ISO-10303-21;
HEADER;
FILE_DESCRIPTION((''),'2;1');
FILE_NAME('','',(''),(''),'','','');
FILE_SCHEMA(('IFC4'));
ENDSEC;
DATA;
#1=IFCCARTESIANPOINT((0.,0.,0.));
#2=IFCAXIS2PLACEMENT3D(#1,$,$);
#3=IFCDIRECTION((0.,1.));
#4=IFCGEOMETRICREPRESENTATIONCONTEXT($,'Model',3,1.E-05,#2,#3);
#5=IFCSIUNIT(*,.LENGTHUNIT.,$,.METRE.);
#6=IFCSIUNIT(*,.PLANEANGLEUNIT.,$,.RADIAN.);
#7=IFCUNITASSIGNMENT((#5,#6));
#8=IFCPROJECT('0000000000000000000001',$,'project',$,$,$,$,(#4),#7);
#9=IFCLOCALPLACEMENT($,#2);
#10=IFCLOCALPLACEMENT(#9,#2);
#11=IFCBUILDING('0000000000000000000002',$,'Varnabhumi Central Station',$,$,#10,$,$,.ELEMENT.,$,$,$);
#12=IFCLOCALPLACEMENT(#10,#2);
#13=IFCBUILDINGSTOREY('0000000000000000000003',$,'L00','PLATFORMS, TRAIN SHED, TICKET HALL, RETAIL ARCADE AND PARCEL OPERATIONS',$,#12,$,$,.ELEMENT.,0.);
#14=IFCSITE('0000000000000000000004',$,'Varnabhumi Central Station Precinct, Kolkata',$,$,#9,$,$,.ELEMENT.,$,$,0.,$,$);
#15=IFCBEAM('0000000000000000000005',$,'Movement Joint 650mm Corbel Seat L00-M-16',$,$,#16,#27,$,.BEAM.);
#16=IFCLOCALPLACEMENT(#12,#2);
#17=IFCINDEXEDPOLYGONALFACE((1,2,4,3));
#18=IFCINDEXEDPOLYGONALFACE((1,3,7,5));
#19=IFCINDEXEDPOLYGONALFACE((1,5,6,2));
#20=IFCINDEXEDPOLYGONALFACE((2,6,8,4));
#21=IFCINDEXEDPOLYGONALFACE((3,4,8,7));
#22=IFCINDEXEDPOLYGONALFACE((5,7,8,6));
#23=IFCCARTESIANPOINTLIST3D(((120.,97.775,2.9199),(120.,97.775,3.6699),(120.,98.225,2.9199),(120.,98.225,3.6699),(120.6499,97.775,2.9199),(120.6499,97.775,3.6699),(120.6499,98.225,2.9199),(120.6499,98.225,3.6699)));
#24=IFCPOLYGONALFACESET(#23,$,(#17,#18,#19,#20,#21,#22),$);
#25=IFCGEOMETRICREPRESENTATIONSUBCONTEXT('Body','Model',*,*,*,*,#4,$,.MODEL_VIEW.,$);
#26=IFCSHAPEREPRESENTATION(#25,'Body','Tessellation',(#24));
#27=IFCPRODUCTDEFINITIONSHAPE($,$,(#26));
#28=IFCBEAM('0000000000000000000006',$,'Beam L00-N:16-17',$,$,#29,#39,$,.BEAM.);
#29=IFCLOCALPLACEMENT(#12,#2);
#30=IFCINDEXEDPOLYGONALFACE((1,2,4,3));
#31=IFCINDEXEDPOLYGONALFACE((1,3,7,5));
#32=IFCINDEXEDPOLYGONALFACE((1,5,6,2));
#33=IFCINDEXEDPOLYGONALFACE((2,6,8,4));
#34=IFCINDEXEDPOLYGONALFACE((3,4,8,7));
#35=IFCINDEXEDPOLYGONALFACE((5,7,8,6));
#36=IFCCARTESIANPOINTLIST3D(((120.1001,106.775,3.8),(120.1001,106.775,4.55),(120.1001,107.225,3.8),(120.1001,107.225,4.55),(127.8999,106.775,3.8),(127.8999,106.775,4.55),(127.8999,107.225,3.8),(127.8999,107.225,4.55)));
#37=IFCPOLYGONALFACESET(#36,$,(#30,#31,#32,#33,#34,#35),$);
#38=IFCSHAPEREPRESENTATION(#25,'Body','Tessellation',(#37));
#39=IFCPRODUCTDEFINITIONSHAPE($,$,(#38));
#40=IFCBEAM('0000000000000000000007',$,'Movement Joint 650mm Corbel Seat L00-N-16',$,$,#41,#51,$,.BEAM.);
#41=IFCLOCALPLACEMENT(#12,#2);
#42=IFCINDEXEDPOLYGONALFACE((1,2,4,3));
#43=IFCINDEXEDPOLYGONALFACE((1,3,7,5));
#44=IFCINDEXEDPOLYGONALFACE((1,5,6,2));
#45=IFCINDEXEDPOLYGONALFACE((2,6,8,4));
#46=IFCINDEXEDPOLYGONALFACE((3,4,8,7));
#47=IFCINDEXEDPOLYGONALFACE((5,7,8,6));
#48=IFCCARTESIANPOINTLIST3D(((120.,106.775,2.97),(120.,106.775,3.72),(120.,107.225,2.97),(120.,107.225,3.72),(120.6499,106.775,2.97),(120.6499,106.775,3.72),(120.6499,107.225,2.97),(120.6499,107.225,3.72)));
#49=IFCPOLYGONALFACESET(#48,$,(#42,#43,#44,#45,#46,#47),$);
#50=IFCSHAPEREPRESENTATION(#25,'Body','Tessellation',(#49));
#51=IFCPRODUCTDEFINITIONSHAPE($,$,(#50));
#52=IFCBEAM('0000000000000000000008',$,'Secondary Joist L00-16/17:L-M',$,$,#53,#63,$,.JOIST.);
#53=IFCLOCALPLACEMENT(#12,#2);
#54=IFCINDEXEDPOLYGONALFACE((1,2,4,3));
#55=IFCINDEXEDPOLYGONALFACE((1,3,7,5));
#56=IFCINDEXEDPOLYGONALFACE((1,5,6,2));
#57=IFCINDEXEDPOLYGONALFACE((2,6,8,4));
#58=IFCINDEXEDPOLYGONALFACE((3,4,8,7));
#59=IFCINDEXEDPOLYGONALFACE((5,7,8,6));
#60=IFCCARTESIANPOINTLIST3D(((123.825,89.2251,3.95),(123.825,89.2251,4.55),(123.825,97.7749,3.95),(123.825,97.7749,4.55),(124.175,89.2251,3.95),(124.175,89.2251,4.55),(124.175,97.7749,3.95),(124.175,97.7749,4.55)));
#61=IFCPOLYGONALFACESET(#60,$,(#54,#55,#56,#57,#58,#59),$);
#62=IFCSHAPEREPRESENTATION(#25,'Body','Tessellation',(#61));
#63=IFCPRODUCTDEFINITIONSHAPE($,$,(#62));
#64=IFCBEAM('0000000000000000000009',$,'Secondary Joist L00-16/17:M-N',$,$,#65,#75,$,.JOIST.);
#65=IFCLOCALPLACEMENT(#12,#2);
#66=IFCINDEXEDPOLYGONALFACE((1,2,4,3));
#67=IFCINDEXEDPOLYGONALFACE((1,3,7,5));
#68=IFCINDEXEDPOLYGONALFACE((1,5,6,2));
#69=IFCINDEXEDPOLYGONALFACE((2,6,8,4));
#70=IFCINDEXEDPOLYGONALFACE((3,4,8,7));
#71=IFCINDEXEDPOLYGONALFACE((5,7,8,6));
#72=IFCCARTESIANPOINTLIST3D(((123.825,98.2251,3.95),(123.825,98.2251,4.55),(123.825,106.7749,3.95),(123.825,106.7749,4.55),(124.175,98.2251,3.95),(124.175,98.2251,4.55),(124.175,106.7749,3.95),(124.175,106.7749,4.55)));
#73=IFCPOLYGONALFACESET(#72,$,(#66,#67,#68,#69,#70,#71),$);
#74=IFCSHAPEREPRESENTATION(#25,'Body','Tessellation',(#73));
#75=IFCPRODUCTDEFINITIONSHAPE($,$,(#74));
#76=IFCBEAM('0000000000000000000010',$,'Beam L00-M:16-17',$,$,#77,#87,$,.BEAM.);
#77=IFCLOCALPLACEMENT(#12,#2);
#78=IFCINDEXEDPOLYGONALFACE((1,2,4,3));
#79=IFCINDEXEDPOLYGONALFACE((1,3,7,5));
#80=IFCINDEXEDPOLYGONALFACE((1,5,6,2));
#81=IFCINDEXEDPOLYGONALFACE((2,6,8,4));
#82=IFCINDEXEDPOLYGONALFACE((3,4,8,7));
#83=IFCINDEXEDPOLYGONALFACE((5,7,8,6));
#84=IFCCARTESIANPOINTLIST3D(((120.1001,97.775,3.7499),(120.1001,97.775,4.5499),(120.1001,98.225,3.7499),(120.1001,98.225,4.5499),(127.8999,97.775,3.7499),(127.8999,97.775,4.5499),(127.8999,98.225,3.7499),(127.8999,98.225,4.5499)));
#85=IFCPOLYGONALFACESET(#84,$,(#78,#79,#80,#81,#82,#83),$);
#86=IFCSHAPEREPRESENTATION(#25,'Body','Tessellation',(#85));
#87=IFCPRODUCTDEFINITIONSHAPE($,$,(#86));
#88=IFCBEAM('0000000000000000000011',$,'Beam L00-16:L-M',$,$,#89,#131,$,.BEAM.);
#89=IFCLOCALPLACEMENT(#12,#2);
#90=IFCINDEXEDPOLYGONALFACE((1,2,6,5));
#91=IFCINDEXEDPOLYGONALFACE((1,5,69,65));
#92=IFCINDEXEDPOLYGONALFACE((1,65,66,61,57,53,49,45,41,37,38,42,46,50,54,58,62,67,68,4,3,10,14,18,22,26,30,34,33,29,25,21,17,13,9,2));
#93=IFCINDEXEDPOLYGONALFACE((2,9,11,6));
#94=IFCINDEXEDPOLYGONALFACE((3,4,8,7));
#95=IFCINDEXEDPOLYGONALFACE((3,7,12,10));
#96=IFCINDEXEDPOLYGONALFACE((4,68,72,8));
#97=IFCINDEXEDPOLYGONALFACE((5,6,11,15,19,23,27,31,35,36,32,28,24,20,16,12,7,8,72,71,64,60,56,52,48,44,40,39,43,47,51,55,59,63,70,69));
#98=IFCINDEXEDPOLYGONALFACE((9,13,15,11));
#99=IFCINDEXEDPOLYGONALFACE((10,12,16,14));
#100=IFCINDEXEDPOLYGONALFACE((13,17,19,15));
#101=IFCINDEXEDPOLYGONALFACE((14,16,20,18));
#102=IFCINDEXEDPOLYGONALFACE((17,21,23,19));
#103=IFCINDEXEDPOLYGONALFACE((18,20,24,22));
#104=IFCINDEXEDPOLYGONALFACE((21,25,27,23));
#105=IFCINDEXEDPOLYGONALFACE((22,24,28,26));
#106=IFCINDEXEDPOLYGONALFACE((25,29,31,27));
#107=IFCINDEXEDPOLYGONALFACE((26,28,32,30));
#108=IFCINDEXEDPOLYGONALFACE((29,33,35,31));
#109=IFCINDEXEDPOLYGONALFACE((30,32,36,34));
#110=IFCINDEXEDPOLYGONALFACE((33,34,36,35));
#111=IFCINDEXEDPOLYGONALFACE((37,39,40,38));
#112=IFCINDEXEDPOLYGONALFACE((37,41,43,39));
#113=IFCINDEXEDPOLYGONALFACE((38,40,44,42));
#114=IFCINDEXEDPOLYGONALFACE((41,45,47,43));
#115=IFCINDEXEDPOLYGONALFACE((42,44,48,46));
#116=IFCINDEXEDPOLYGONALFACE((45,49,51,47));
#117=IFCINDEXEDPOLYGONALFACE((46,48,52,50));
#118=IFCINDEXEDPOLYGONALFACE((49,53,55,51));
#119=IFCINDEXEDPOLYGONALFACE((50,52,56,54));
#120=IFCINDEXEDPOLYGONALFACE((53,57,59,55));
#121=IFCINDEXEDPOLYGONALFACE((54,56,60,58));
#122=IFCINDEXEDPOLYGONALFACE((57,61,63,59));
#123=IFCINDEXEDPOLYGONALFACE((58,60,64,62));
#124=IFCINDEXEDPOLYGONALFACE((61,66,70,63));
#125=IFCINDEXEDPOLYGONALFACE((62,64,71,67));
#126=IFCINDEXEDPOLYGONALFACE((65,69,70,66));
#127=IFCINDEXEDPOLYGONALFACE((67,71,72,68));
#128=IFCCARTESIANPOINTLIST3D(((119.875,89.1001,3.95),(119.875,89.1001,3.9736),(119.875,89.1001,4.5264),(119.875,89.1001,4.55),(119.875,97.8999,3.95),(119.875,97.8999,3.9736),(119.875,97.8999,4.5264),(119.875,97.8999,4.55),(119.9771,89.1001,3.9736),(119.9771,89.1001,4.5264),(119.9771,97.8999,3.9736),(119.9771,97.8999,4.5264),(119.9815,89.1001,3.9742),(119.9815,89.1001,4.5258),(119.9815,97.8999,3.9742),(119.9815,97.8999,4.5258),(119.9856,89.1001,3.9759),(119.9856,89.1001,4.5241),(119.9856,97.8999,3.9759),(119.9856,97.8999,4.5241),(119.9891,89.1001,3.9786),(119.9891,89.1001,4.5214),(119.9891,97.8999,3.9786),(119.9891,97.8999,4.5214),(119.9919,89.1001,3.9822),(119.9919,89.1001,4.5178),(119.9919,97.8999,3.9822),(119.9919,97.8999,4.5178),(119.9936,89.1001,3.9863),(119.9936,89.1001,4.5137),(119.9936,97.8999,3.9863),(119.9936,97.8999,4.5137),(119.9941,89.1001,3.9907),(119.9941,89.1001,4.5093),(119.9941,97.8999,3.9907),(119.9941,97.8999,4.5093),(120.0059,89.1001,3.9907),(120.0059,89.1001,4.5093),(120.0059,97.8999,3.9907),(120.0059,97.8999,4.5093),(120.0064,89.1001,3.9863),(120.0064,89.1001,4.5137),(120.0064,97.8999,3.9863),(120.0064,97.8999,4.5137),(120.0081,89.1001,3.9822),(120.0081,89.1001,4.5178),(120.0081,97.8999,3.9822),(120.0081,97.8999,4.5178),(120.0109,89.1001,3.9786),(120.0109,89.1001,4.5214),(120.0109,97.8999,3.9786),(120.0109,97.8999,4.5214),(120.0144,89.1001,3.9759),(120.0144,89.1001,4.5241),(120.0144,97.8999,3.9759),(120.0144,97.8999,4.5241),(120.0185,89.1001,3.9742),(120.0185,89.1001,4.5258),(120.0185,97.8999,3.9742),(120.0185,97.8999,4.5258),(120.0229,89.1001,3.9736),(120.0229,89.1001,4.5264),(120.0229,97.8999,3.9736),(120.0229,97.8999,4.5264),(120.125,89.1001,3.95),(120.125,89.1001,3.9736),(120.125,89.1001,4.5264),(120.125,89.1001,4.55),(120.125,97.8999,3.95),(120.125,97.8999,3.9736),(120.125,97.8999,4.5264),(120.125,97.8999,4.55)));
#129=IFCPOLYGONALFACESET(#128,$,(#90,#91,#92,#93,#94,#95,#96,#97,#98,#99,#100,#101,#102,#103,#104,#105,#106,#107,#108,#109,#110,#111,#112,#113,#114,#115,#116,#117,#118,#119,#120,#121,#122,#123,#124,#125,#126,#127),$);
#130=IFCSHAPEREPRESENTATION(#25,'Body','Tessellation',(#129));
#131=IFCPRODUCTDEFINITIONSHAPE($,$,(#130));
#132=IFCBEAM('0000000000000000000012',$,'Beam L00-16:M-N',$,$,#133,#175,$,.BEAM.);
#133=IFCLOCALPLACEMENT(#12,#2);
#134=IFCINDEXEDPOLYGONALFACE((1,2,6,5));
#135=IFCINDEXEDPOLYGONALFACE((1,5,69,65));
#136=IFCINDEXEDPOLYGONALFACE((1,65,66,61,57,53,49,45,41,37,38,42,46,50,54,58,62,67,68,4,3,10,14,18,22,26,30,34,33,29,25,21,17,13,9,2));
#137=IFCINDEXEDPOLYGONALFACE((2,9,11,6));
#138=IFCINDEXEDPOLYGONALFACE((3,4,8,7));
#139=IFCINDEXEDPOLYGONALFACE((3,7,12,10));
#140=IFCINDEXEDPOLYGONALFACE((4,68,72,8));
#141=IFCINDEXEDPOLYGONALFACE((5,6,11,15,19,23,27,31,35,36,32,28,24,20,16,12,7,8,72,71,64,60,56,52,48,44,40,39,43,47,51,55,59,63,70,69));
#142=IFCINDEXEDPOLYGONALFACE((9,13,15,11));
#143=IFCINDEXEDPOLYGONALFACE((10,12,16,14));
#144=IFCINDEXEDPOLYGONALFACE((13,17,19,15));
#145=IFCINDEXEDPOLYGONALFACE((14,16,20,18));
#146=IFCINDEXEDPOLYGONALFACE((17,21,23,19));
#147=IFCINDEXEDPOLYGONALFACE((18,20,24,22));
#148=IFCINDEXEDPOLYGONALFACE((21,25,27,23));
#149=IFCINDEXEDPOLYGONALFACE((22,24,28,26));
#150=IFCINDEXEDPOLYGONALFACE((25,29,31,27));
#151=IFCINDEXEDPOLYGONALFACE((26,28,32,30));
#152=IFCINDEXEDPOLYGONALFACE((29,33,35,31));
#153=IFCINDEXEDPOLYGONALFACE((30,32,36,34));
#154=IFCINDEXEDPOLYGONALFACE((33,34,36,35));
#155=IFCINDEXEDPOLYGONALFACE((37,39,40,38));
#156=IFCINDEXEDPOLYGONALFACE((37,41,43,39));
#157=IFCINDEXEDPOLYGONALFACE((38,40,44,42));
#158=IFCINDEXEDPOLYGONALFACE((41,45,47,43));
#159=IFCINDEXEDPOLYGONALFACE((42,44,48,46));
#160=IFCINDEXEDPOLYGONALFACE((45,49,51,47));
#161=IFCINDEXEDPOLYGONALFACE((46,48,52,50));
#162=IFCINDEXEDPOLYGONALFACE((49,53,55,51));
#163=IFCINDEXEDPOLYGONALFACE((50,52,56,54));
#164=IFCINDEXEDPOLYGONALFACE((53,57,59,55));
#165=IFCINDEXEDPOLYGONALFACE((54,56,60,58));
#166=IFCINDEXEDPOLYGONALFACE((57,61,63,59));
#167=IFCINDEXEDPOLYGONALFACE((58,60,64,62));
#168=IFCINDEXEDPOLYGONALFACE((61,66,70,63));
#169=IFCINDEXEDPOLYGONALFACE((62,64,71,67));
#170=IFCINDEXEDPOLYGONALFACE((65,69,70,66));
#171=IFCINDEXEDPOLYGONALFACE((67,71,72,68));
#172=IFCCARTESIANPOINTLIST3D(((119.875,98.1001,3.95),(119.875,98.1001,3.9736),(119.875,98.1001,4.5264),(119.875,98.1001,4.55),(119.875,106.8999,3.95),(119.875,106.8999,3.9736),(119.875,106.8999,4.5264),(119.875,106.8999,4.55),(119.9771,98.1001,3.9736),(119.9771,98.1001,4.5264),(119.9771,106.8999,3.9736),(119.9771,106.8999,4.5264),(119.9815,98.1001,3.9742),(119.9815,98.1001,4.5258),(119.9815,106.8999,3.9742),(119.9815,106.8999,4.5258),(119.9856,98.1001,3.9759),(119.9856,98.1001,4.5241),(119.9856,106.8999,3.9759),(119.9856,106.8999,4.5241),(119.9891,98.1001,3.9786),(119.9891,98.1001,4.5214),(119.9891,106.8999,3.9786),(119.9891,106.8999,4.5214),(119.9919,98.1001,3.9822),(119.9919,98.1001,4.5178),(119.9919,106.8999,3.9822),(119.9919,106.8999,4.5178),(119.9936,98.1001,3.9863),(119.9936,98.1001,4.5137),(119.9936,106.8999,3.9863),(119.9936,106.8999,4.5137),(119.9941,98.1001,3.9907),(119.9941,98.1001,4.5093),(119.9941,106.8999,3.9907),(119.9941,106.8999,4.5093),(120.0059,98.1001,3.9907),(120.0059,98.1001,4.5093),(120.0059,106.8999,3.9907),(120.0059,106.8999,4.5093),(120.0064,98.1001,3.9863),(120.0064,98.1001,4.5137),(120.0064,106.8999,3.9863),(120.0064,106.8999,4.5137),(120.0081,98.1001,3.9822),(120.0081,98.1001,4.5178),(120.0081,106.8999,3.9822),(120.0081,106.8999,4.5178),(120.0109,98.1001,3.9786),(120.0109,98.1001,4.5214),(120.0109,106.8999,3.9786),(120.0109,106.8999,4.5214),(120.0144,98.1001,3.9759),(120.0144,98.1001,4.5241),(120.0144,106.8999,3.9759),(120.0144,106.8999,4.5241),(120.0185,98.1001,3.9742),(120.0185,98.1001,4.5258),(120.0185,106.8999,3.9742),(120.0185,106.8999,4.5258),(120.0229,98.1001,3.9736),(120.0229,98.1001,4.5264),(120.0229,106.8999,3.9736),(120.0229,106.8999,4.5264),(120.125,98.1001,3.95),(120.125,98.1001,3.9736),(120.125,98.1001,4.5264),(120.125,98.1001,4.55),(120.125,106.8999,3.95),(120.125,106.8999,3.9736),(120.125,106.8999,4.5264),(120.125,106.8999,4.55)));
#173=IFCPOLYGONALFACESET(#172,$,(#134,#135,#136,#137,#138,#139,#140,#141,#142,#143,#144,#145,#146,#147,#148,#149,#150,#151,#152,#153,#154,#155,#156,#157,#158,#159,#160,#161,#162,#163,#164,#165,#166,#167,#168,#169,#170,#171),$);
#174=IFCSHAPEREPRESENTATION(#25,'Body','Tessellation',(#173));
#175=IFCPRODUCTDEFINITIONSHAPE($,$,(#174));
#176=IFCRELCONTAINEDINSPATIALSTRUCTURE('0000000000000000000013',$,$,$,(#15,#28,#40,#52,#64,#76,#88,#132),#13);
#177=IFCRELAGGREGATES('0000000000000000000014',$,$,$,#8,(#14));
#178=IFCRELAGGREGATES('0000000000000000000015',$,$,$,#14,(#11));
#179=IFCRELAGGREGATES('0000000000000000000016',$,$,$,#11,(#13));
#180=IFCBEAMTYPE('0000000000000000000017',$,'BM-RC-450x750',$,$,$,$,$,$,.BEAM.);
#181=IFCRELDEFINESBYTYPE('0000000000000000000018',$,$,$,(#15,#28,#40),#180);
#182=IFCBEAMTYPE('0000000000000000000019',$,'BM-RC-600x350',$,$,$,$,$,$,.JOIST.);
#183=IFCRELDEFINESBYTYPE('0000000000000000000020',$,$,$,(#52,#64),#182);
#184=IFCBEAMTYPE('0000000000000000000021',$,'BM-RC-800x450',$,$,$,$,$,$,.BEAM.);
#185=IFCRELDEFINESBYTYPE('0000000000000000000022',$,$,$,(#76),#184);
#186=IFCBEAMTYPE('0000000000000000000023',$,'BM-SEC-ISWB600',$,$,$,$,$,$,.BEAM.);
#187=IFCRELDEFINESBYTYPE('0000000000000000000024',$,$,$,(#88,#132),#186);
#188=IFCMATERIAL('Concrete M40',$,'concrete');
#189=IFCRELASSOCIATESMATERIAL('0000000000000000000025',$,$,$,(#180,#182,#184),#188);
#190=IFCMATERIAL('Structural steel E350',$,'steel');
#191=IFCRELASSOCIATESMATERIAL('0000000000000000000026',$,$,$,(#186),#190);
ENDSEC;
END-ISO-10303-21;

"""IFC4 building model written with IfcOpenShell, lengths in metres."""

from ifc_helpers import new_model, si_unit, direction, frame, origin, origin_2d, place, context, subcontext, project, spatial, rectangle, i_section, extrude, material, material_profile, profile_set, type_object, element, save


model = new_model("IFC4")

# Units and contexts
model_context = context("Model", 3, precision=1e-05, world=origin(), true_north=direction((0.0, 1.0)))
body_context = subcontext(model_context, "Body", "Model", "MODEL_VIEW")
ifc_project = project(units=[si_unit("LENGTHUNIT", "METRE"), si_unit("PLANEANGLEUNIT", "RADIAN")], contexts=[model_context])

# Site, building, storey
site_placement = place(None, origin())
site = spatial("IfcSite", under=ifc_project, at=site_placement, Name="Varnabhumi Central Station Precinct, Kolkata", CompositionType="ELEMENT", RefElevation=0.0)
building_placement = place(site_placement, origin())
building = spatial("IfcBuilding", under=site, at=building_placement, Name="Varnabhumi Central Station", CompositionType="ELEMENT")
storey_placement = place(building_placement, origin())
storey = spatial("IfcBuildingStorey", under=building, at=storey_placement, Name="L00", Description="PLATFORMS, TRAIN SHED, TICKET HALL, RETAIL ARCADE AND PARCEL OPERATIONS", CompositionType="ELEMENT", Elevation=0.0)

# Shared definitions
ifc_material_1 = material(Name="Concrete M40", Category="concrete")

# Beams
ifc_material_profile_1 = material_profile(ifc_material_1, rectangle(XDim=0.45, YDim=0.75, at=origin_2d()), Name="Concrete M40", Category="concrete")
ifc_profile_set_1 = profile_set([ifc_material_profile_1], Name="Concrete M40")
beam_type_1 = type_object("IfcBeamType", Name="BM-RC-450x750", PredefinedType="BEAM", material=ifc_profile_set_1)
beam_1_placement = place(storey_placement, frame((120.0, 98.0, 3.2949), z_axis=(1.0, 0.0, 0.0), x_axis=(0.0, 1.0, 0.0)))
element("IfcBeam", 1, at=beam_1_placement, inside=storey, type_object=beam_type_1, Name="Movement Joint 650mm Corbel Seat L00-M-16", PredefinedType="BEAM", context=body_context, shape_type="SweptSolid", body=[
    extrude(rectangle(XDim=0.45, YDim=0.75, at=origin_2d()), origin(), (0.0, 0.0, 1.0), 0.6499),
])
beam_2_placement = place(storey_placement, frame((120.1001, 107.0, 4.175), z_axis=(1.0, 0.0, 0.0), x_axis=(0.0, 1.0, 0.0)))
element("IfcBeam", 2, at=beam_2_placement, inside=storey, type_object=beam_type_1, Name="Beam L00-N:16-17", PredefinedType="BEAM", context=body_context, shape_type="SweptSolid", body=[
    extrude(rectangle(XDim=0.45, YDim=0.75, at=origin_2d()), origin(), (0.0, 0.0, 1.0), 7.7998),
])
beam_3_placement = place(storey_placement, frame((120.0, 107.0, 3.345), z_axis=(1.0, 0.0, 0.0), x_axis=(0.0, 1.0, 0.0)))
element("IfcBeam", 3, at=beam_3_placement, inside=storey, type_object=beam_type_1, Name="Movement Joint 650mm Corbel Seat L00-N-16", PredefinedType="BEAM", context=body_context, shape_type="SweptSolid", body=[
    extrude(rectangle(XDim=0.45, YDim=0.75, at=origin_2d()), origin(), (0.0, 0.0, 1.0), 0.6499),
])
ifc_material_profile_2 = material_profile(ifc_material_1, rectangle(XDim=0.3501, YDim=0.6001, at=origin_2d()), Name="Concrete M40", Category="concrete")
ifc_profile_set_2 = profile_set([ifc_material_profile_2], Name="Concrete M40")
beam_type_2 = type_object("IfcBeamType", Name="BM-RC-600x350", PredefinedType="JOIST", material=ifc_profile_set_2)
for number, where, z_axis, x_axis, name in (
    (4, (124.0, 89.2251, 4.25), (0.0, 1.0, 0.0), (-1.0, 0.0, 0.0), "Secondary Joist L00-16/17:L-M"),
    (5, (124.0, 98.2251, 4.25), (0.0, 1.0, 0.0), (-1.0, 0.0, 0.0), "Secondary Joist L00-16/17:M-N"),
):
    element("IfcBeam", number, at=place(storey_placement, frame(where, z_axis=z_axis, x_axis=x_axis)), inside=storey, type_object=beam_type_2, Name=name, PredefinedType="JOIST", context=body_context, shape_type="SweptSolid", body=[
        extrude(rectangle(XDim=0.3501, YDim=0.6001, at=origin_2d()), origin(), (0.0, 0.0, 1.0), 8.5498),
    ])
ifc_material_profile_3 = material_profile(ifc_material_1, rectangle(XDim=0.45, YDim=0.8, at=origin_2d()), Name="Concrete M40", Category="concrete")
ifc_profile_set_3 = profile_set([ifc_material_profile_3], Name="Concrete M40")
beam_type_3 = type_object("IfcBeamType", Name="BM-RC-800x450", PredefinedType="BEAM", material=ifc_profile_set_3)
beam_4_placement = place(storey_placement, frame((120.1001, 98.0, 4.1499), z_axis=(1.0, 0.0, 0.0), x_axis=(0.0, 1.0, 0.0)))
element("IfcBeam", 6, at=beam_4_placement, inside=storey, type_object=beam_type_3, Name="Beam L00-M:16-17", PredefinedType="BEAM", context=body_context, shape_type="SweptSolid", body=[
    extrude(rectangle(XDim=0.45, YDim=0.8, at=origin_2d()), origin(), (0.0, 0.0, 1.0), 7.7998),
])
ifc_material_2 = material(Name="Structural steel E350", Category="steel")
ifc_material_profile_4 = material_profile(ifc_material_2, i_section(OverallWidth=0.25, OverallDepth=0.6001, WebThickness=0.0117, FlangeThickness=0.0237, FilletRadius=0.0171, at=origin_2d()), Name="Structural steel E350", Category="steel")
ifc_profile_set_4 = profile_set([ifc_material_profile_4], Name="Structural steel E350")
beam_type_4 = type_object("IfcBeamType", Name="BM-SEC-ISWB600", PredefinedType="BEAM", material=ifc_profile_set_4)
for number, where, z_axis, x_axis, name in (
    (7, (120.0, 89.1001, 4.25), (0.0, 1.0, 0.0), (-1.0, 0.0, 0.0), "Beam L00-16:L-M"),
    (8, (120.0, 98.1001, 4.25), (0.0, 1.0, 0.0), (-1.0, 0.0, 0.0), "Beam L00-16:M-N"),
):
    element("IfcBeam", number, at=place(storey_placement, frame(where, z_axis=z_axis, x_axis=x_axis)), inside=storey, type_object=beam_type_4, Name=name, PredefinedType="BEAM", context=body_context, shape_type="SweptSolid", body=[
        extrude(i_section(OverallWidth=0.25, OverallDepth=0.6001, WebThickness=0.0117, FlangeThickness=0.0237, FilletRadius=0.0171, at=origin_2d()), origin(), (0.0, 0.0, 1.0), 8.7998),
    ])

save(model, "model.ifc")
